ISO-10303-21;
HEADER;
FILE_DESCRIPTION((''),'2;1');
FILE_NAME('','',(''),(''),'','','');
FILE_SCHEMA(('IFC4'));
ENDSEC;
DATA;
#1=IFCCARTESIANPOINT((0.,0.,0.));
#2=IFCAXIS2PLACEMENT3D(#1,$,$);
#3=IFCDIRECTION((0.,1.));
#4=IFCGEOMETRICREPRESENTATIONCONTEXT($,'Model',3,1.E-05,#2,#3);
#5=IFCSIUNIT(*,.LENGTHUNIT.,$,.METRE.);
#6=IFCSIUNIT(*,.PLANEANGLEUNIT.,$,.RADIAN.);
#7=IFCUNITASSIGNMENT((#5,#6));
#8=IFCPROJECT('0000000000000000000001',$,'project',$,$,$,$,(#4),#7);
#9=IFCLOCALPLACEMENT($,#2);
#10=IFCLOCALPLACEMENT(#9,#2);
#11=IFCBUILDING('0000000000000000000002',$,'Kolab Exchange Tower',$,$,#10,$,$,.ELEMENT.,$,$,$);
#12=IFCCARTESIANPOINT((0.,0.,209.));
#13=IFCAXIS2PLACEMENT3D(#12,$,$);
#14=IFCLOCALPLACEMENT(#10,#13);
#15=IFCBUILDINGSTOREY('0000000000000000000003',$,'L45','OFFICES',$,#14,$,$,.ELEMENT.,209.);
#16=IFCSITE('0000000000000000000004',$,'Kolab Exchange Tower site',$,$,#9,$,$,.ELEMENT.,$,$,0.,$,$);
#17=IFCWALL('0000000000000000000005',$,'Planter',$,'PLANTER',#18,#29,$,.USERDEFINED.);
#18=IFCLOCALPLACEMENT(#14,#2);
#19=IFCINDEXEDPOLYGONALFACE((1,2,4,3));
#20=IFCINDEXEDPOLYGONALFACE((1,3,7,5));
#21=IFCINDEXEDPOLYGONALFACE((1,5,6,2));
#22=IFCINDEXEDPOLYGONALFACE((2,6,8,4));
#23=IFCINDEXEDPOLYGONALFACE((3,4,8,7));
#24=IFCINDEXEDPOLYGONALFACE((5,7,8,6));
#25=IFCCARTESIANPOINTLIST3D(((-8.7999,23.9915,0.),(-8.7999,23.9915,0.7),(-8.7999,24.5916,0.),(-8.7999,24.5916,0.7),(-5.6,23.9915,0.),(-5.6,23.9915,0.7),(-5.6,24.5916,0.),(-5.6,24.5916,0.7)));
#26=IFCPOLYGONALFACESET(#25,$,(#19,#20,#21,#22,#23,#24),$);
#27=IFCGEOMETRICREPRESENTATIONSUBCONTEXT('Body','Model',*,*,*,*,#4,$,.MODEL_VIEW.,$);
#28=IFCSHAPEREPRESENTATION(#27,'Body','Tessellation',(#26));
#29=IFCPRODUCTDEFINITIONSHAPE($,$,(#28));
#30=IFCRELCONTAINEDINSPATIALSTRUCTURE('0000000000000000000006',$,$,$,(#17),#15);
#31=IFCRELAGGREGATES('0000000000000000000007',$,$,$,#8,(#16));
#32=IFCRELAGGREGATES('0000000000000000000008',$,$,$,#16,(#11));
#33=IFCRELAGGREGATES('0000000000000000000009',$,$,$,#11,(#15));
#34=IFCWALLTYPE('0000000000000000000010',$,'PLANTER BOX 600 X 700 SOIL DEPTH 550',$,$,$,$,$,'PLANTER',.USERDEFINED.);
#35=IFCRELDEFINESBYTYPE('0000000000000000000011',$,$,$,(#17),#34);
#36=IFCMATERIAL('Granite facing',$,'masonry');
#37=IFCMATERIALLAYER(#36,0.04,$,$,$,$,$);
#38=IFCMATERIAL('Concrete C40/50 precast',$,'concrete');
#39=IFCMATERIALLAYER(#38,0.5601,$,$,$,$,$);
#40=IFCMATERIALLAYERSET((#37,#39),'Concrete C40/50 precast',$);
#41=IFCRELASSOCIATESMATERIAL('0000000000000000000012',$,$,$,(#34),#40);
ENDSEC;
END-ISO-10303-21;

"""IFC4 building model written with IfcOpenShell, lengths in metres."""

from ifc_helpers import new_model, si_unit, direction, frame, frame_2d, origin, place, context, subcontext, project, spatial, rectangle, extrude, material, layer, layer_set, type_object, element, save


model = new_model("IFC4")

# Units and contexts
model_context = context("Model", 3, precision=1e-05, world=origin(), true_north=direction((0.0, 1.0)))
body_context = subcontext(model_context, "Body", "Model", "MODEL_VIEW")
ifc_project = project(units=[si_unit("LENGTHUNIT", "METRE"), si_unit("PLANEANGLEUNIT", "RADIAN")], contexts=[model_context])

# Site, building, storey
site_placement = place(None, origin())
site = spatial("IfcSite", under=ifc_project, at=site_placement, Name="Kolab Exchange Tower site", CompositionType="ELEMENT", RefElevation=0.0)
building_placement = place(site_placement, origin())
building = spatial("IfcBuilding", under=site, at=building_placement, Name="Kolab Exchange Tower", CompositionType="ELEMENT")
storey_placement = place(building_placement, frame((0.0, 0.0, 209.0)))
storey = spatial("IfcBuildingStorey", under=building, at=storey_placement, Name="L45", Description="OFFICES", CompositionType="ELEMENT", Elevation=209.0)

# Wall
ifc_material_1 = material(Name="Granite facing", Category="masonry")
ifc_layer_1 = layer(ifc_material_1, 0.04)
ifc_material_2 = material(Name="Concrete C40/50 precast", Category="concrete")
ifc_layer_2 = layer(ifc_material_2, 0.5601)
ifc_layer_set_1 = layer_set([ifc_layer_1, ifc_layer_2], Name="Concrete C40/50 precast")
wall_type_1 = type_object("IfcWallType", Name="PLANTER BOX 600 X 700 SOIL DEPTH 550", ElementType="PLANTER", PredefinedType="USERDEFINED", material=ifc_layer_set_1)
wall_1_placement = place(storey_placement, frame((-8.8, 24.2915, 0.0), z_axis=(0.0, 0.0, 1.0), x_axis=(1.0, 0.0, 0.0)))
element("IfcWall", 1, at=wall_1_placement, inside=storey, type_object=wall_type_1, Name="Planter", ObjectType="PLANTER", PredefinedType="USERDEFINED", context=body_context, shape_type="SweptSolid", body=[
    extrude(rectangle(XDim=3.2, YDim=0.6001, at=frame_2d((1.6001, 0.0))), origin(), (0.0, 0.0, 1.0), 0.7),
])

save(model, "model.ifc")
